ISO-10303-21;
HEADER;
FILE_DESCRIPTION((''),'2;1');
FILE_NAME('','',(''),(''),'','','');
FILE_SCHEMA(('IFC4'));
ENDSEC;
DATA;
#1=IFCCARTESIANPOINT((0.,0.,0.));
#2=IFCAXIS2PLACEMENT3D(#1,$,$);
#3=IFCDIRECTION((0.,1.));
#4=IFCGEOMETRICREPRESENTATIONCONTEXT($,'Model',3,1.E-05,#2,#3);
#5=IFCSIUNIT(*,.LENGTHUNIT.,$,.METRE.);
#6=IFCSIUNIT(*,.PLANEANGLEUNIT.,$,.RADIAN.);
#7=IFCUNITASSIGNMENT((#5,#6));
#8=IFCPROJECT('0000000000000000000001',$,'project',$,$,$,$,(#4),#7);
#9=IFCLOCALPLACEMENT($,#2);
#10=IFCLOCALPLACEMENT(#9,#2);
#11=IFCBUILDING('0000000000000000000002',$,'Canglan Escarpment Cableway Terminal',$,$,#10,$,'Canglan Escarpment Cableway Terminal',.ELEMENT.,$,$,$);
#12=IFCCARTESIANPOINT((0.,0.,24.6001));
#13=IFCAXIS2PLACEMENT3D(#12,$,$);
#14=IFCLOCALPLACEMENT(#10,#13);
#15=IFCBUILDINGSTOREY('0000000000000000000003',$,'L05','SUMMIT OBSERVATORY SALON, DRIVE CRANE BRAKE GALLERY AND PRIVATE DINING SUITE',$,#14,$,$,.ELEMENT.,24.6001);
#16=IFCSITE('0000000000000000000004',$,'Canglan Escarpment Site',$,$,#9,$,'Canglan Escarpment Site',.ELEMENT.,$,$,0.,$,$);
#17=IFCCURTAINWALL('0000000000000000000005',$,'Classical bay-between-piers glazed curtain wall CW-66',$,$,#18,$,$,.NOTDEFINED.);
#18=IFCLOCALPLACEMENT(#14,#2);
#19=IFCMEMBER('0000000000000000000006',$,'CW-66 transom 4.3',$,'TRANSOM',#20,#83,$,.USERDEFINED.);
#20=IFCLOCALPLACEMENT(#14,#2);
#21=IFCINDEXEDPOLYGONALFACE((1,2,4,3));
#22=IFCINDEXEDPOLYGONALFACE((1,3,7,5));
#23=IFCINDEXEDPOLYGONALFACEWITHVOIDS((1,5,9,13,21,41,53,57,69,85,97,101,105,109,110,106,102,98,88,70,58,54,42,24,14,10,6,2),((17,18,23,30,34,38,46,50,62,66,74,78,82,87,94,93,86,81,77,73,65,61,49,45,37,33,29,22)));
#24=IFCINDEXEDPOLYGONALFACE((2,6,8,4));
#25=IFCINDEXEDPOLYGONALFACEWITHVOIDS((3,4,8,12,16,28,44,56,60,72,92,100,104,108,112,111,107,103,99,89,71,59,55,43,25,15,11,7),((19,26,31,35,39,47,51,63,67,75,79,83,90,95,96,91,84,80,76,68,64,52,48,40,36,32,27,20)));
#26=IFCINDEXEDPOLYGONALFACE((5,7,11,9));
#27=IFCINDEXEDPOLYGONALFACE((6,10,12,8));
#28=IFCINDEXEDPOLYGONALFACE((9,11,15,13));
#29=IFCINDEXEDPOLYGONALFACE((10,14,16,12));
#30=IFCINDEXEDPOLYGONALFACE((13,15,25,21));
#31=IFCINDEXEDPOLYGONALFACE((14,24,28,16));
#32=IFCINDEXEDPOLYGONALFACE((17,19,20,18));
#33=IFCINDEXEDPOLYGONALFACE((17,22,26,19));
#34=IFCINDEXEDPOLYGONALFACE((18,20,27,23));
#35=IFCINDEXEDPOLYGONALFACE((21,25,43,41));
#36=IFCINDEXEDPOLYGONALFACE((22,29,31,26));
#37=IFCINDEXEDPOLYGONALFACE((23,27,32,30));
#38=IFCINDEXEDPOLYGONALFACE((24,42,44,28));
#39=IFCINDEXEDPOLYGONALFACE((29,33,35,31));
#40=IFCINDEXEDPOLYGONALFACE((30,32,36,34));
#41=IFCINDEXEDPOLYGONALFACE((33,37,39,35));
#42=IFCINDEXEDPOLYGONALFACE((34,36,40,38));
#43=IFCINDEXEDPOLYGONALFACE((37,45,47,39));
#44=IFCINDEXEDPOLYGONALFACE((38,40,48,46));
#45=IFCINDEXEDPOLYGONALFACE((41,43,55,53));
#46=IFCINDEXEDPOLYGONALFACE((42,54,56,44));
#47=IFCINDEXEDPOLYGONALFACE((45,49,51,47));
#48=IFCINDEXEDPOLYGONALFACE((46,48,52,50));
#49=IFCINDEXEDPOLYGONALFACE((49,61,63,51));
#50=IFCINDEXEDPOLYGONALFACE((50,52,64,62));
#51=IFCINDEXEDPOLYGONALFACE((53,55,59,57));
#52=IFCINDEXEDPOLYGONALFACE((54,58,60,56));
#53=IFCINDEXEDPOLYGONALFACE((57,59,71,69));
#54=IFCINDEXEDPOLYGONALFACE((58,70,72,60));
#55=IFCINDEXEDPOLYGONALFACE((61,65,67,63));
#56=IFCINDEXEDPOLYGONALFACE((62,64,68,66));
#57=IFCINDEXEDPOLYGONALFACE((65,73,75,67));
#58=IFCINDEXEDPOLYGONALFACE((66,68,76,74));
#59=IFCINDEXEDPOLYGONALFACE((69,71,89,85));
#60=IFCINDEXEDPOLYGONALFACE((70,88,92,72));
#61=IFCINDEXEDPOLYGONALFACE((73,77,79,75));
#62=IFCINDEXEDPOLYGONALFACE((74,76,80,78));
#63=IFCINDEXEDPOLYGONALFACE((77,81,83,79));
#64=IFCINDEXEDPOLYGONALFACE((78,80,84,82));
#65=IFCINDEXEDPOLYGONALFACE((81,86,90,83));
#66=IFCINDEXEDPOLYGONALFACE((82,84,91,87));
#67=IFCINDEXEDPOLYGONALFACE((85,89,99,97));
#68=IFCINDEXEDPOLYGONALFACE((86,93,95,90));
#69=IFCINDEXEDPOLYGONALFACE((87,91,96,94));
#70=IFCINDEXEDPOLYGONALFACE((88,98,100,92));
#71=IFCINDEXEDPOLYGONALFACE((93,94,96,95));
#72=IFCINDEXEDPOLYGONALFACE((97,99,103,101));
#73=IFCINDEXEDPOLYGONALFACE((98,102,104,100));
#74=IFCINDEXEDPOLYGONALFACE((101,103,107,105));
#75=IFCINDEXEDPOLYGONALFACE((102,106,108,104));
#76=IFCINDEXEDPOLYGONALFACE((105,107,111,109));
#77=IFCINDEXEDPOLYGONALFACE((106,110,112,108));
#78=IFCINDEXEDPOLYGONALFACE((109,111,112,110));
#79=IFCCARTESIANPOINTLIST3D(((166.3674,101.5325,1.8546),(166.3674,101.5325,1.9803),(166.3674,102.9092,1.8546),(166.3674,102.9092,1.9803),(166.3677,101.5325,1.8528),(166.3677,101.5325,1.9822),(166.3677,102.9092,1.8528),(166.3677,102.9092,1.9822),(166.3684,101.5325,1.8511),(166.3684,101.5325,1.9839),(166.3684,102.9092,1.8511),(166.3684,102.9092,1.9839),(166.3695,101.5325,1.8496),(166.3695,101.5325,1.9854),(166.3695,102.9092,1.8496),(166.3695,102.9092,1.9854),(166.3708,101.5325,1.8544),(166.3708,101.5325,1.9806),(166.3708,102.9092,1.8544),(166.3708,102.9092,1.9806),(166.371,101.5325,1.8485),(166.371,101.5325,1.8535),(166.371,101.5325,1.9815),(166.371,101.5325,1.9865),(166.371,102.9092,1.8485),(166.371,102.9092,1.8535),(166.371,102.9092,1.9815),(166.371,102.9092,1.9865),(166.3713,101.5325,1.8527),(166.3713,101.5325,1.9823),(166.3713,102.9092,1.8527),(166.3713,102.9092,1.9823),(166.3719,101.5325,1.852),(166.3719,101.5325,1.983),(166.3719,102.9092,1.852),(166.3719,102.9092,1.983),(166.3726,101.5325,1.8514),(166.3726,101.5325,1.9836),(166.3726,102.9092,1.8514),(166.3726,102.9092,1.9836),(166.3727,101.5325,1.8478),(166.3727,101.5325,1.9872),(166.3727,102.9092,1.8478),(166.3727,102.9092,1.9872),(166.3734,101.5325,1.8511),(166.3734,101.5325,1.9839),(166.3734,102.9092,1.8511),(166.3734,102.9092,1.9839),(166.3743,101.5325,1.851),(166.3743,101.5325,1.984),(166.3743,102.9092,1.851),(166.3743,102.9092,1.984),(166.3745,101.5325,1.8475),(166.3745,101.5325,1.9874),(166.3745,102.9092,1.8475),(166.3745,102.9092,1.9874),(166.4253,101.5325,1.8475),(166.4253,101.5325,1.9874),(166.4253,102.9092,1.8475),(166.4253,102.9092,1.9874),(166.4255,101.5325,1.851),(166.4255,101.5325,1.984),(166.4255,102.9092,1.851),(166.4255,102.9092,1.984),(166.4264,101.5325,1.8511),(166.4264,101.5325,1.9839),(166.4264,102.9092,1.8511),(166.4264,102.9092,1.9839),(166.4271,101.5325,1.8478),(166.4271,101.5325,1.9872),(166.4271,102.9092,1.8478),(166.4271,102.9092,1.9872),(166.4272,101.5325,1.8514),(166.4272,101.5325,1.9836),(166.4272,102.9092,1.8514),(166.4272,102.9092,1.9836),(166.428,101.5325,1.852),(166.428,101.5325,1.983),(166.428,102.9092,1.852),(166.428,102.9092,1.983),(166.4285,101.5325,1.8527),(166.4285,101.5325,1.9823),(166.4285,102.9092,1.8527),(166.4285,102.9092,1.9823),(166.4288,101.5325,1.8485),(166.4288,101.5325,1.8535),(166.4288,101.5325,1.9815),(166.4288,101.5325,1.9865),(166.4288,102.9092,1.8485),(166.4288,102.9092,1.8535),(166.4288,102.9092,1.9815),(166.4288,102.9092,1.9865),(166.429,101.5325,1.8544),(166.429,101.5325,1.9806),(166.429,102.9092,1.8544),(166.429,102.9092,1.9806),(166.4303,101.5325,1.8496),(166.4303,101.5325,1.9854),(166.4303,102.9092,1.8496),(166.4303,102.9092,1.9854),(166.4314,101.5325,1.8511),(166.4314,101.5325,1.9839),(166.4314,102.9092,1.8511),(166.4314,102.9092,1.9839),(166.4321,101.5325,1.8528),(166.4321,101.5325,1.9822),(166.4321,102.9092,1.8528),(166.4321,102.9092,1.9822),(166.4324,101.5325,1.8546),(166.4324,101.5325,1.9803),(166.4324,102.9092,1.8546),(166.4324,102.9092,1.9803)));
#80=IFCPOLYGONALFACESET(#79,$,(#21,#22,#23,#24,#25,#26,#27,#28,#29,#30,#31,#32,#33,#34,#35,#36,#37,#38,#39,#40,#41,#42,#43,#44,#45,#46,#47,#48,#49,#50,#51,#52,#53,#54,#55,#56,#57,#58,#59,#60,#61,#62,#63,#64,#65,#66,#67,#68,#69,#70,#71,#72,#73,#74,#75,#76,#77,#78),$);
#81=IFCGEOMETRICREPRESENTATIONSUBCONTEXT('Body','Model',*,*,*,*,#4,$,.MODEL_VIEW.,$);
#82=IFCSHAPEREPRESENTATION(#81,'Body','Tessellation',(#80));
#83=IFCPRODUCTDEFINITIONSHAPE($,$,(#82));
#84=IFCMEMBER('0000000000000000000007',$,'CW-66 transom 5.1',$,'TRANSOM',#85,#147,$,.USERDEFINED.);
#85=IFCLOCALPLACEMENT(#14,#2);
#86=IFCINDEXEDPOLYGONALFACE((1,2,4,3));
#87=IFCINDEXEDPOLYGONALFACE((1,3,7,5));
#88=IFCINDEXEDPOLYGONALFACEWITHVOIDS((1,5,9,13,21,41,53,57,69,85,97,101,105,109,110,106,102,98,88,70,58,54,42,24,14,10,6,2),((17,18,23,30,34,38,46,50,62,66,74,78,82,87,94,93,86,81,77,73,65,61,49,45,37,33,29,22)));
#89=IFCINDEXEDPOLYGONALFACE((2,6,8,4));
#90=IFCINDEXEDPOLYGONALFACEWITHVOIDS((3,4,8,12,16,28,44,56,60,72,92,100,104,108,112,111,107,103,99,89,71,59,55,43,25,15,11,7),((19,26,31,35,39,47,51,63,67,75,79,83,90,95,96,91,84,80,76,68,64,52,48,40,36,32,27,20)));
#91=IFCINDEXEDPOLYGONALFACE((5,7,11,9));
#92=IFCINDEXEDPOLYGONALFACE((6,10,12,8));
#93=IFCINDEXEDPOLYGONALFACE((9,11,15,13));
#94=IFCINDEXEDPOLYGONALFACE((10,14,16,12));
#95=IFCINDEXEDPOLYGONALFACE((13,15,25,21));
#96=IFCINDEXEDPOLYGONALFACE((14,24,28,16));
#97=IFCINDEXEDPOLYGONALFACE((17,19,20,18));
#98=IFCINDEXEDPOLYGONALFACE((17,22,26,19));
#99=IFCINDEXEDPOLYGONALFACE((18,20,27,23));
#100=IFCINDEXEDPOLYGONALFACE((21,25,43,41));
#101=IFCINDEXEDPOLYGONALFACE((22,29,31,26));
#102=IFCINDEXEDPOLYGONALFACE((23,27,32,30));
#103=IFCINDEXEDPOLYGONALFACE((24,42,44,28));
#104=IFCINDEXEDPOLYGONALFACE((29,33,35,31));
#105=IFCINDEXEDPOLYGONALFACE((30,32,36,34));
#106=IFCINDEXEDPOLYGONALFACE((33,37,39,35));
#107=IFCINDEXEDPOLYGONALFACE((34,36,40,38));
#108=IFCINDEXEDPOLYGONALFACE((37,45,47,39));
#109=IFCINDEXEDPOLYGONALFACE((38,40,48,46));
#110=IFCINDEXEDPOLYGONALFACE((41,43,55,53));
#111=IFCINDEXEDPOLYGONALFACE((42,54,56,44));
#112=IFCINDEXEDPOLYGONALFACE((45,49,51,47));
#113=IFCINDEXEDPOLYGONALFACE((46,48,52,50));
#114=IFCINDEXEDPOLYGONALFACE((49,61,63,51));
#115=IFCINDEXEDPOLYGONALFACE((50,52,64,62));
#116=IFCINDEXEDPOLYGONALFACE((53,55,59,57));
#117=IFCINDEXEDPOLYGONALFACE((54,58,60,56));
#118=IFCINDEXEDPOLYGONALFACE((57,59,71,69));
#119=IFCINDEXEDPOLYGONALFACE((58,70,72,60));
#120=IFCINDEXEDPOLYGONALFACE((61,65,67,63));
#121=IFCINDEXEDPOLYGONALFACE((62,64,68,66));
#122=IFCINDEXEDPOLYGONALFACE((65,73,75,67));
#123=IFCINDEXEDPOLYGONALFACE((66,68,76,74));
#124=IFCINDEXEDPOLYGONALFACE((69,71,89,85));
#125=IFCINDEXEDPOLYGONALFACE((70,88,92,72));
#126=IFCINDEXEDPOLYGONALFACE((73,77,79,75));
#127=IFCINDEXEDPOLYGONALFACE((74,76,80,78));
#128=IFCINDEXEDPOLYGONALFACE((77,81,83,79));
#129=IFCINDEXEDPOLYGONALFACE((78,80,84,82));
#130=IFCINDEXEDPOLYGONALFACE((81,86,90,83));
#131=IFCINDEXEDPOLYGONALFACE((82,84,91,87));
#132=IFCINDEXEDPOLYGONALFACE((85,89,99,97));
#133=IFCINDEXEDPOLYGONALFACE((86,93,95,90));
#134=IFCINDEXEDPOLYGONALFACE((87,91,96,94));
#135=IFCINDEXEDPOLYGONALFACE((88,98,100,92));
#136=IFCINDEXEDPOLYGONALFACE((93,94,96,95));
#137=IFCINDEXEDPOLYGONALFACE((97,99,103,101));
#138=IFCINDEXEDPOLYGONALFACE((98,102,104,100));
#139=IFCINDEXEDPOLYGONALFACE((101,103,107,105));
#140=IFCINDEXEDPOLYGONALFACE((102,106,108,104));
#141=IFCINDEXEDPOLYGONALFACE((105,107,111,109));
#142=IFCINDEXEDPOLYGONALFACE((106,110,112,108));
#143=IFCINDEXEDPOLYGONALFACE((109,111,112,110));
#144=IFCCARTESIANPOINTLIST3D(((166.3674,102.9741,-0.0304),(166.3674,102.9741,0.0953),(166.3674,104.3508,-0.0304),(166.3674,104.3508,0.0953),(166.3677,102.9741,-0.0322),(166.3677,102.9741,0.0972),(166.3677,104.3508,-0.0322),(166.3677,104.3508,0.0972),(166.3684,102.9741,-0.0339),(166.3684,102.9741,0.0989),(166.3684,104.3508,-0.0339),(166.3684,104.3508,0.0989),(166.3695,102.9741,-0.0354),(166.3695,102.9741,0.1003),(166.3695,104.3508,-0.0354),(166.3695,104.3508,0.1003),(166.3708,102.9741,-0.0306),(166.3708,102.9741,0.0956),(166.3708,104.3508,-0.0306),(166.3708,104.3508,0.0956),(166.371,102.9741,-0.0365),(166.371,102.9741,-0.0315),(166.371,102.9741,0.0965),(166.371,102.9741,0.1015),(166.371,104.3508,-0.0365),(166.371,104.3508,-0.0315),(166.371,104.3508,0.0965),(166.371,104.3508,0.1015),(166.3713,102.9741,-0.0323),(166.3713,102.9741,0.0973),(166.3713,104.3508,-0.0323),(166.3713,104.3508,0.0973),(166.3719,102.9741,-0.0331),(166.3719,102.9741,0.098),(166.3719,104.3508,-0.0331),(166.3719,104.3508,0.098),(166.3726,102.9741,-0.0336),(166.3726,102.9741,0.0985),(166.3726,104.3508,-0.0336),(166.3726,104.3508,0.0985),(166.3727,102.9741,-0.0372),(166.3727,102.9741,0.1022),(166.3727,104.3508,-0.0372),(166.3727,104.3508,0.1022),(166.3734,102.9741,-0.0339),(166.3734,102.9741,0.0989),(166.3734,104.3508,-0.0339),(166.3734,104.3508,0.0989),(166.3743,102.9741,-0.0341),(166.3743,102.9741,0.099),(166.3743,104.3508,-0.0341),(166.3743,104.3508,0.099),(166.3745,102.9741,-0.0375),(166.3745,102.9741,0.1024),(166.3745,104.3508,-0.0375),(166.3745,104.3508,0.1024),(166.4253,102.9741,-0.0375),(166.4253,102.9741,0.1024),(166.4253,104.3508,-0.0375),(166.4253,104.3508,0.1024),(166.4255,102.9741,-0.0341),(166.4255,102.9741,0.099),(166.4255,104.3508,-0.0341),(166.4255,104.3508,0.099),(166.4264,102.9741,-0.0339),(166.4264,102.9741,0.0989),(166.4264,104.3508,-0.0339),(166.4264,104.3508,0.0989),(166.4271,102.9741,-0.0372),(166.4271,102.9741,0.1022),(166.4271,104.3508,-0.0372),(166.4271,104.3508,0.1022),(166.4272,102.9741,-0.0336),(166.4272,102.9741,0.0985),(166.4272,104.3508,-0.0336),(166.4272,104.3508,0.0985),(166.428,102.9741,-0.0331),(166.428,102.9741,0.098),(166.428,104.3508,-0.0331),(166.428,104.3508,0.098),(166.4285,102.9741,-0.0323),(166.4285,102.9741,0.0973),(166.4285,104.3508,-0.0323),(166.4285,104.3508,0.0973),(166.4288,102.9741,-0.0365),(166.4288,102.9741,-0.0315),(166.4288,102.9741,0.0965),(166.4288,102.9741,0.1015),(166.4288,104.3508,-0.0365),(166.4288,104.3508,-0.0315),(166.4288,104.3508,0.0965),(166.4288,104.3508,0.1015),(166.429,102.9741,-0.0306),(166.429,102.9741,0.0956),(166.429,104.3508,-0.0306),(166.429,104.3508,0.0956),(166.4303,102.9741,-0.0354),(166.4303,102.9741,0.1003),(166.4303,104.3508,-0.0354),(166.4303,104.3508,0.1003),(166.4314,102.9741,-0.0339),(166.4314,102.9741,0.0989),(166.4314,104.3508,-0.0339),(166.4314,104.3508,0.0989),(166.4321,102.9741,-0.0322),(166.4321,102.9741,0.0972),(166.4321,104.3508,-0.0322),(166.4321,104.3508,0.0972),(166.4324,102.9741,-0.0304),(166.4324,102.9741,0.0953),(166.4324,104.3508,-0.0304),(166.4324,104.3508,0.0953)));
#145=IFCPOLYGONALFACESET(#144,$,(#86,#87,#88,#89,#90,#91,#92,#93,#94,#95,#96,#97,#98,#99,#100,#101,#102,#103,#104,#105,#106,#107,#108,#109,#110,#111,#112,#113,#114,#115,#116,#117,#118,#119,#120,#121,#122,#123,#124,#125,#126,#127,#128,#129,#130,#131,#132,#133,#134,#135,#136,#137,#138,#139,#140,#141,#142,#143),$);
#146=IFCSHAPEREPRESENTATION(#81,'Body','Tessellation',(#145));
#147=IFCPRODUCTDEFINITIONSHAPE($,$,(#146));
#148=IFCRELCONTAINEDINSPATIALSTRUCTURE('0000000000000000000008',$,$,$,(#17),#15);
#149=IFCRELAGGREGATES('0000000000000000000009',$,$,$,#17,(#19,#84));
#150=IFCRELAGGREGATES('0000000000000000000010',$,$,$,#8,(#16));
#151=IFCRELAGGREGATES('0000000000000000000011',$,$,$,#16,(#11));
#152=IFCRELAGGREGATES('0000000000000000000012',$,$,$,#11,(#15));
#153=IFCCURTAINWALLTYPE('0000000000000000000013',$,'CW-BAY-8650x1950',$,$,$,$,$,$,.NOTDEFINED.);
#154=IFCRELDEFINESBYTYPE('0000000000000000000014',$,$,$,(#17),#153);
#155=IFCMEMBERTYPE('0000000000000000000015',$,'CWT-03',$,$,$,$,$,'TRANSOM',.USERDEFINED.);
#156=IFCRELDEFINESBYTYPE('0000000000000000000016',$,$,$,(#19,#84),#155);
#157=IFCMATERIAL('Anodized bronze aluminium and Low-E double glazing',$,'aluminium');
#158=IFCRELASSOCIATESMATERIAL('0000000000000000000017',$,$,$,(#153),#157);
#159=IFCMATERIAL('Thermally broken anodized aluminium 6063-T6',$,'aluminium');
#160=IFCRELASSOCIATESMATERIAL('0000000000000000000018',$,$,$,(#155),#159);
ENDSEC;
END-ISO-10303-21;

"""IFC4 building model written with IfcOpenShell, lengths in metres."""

from ifc_helpers import new_model, si_unit, direction, frame, origin, origin_2d, place, context, subcontext, project, spatial, hollow_rectangle, extrude, material, material_profile, profile_set, type_object, element, aggregate, save


model = new_model("IFC4")

# Units and contexts
model_context = context("Model", 3, precision=1e-05, world=origin(), true_north=direction((0.0, 1.0)))
body_context = subcontext(model_context, "Body", "Model", "MODEL_VIEW")
ifc_project = project(units=[si_unit("LENGTHUNIT", "METRE"), si_unit("PLANEANGLEUNIT", "RADIAN")], contexts=[model_context])

# Site, building, storey
site_placement = place(None, origin())
site = spatial("IfcSite", under=ifc_project, at=site_placement, Name="Canglan Escarpment Site", LongName="Canglan Escarpment Site", CompositionType="ELEMENT", RefElevation=0.0)
building_placement = place(site_placement, origin())
building = spatial("IfcBuilding", under=site, at=building_placement, Name="Canglan Escarpment Cableway Terminal", LongName="Canglan Escarpment Cableway Terminal", CompositionType="ELEMENT")
storey_placement = place(building_placement, frame((0.0, 0.0, 24.6001)))
storey = spatial("IfcBuildingStorey", under=building, at=storey_placement, Name="L05", Description="SUMMIT OBSERVATORY SALON, DRIVE CRANE BRAKE GALLERY AND PRIVATE DINING SUITE", CompositionType="ELEMENT", Elevation=24.6001)

# Shared definitions
ifc_material_1 = material(Name="Anodized bronze aluminium and Low-E double glazing", Category="aluminium")
curtain_wall_type = type_object("IfcCurtainWallType", Name="CW-BAY-8650x1950", PredefinedType="NOTDEFINED", material=ifc_material_1)
ifc_material_2 = material(Name="Thermally broken anodized aluminium 6063-T6", Category="aluminium")

# Curtain wall, members
curtain_wall_1_placement = place(storey_placement, origin())
curtain_wall_1 = element("IfcCurtainWall", 1, at=curtain_wall_1_placement, inside=storey, type_object=curtain_wall_type, Name="Classical bay-between-piers glazed curtain wall CW-66", PredefinedType="NOTDEFINED")
ifc_material_profile_1 = material_profile(ifc_material_2, hollow_rectangle(XDim=0.0649, YDim=0.1399, WallThickness=0.0034, InnerFilletRadius=0.0034, OuterFilletRadius=0.0071, at=origin_2d()), Name="ALU-TRAN 65x140x3.5")
ifc_profile_set_1 = profile_set([ifc_material_profile_1], Name="Thermally broken anodized aluminium 6063-T6")
member_type_1 = type_object("IfcMemberType", Name="CWT-03", ElementType="TRANSOM", PredefinedType="USERDEFINED", material=ifc_profile_set_1)
member_1_placement = place(storey_placement, frame((166.3999, 101.5325, 1.9175), z_axis=(0.0, 1.0, 0.0), x_axis=(-1.0, 0.0, 0.0)))
member_1 = element("IfcMember", 2, at=member_1_placement, type_object=member_type_1, Name="CW-66 transom 4.3", ObjectType="TRANSOM", PredefinedType="USERDEFINED", context=body_context, shape_type="SweptSolid", body=[
    extrude(hollow_rectangle(XDim=0.0649, YDim=0.1399, WallThickness=0.0034, InnerFilletRadius=0.0034, OuterFilletRadius=0.0071, at=origin_2d()), origin(), (0.0, 0.0, 1.0), 1.3767),
])
member_2_placement = place(storey_placement, frame((166.3999, 102.9741, 0.0325), z_axis=(0.0, 1.0, 0.0), x_axis=(-1.0, 0.0, 0.0)))
member_2 = element("IfcMember", 3, at=member_2_placement, type_object=member_type_1, Name="CW-66 transom 5.1", ObjectType="TRANSOM", PredefinedType="USERDEFINED", context=body_context, shape_type="SweptSolid", body=[
    extrude(hollow_rectangle(XDim=0.0649, YDim=0.1399, WallThickness=0.0034, InnerFilletRadius=0.0034, OuterFilletRadius=0.0071, at=origin_2d()), origin(), (0.0, 0.0, 1.0), 1.3767),
])

aggregate(curtain_wall_1, [member_1, member_2])

save(model, "model.ifc")
